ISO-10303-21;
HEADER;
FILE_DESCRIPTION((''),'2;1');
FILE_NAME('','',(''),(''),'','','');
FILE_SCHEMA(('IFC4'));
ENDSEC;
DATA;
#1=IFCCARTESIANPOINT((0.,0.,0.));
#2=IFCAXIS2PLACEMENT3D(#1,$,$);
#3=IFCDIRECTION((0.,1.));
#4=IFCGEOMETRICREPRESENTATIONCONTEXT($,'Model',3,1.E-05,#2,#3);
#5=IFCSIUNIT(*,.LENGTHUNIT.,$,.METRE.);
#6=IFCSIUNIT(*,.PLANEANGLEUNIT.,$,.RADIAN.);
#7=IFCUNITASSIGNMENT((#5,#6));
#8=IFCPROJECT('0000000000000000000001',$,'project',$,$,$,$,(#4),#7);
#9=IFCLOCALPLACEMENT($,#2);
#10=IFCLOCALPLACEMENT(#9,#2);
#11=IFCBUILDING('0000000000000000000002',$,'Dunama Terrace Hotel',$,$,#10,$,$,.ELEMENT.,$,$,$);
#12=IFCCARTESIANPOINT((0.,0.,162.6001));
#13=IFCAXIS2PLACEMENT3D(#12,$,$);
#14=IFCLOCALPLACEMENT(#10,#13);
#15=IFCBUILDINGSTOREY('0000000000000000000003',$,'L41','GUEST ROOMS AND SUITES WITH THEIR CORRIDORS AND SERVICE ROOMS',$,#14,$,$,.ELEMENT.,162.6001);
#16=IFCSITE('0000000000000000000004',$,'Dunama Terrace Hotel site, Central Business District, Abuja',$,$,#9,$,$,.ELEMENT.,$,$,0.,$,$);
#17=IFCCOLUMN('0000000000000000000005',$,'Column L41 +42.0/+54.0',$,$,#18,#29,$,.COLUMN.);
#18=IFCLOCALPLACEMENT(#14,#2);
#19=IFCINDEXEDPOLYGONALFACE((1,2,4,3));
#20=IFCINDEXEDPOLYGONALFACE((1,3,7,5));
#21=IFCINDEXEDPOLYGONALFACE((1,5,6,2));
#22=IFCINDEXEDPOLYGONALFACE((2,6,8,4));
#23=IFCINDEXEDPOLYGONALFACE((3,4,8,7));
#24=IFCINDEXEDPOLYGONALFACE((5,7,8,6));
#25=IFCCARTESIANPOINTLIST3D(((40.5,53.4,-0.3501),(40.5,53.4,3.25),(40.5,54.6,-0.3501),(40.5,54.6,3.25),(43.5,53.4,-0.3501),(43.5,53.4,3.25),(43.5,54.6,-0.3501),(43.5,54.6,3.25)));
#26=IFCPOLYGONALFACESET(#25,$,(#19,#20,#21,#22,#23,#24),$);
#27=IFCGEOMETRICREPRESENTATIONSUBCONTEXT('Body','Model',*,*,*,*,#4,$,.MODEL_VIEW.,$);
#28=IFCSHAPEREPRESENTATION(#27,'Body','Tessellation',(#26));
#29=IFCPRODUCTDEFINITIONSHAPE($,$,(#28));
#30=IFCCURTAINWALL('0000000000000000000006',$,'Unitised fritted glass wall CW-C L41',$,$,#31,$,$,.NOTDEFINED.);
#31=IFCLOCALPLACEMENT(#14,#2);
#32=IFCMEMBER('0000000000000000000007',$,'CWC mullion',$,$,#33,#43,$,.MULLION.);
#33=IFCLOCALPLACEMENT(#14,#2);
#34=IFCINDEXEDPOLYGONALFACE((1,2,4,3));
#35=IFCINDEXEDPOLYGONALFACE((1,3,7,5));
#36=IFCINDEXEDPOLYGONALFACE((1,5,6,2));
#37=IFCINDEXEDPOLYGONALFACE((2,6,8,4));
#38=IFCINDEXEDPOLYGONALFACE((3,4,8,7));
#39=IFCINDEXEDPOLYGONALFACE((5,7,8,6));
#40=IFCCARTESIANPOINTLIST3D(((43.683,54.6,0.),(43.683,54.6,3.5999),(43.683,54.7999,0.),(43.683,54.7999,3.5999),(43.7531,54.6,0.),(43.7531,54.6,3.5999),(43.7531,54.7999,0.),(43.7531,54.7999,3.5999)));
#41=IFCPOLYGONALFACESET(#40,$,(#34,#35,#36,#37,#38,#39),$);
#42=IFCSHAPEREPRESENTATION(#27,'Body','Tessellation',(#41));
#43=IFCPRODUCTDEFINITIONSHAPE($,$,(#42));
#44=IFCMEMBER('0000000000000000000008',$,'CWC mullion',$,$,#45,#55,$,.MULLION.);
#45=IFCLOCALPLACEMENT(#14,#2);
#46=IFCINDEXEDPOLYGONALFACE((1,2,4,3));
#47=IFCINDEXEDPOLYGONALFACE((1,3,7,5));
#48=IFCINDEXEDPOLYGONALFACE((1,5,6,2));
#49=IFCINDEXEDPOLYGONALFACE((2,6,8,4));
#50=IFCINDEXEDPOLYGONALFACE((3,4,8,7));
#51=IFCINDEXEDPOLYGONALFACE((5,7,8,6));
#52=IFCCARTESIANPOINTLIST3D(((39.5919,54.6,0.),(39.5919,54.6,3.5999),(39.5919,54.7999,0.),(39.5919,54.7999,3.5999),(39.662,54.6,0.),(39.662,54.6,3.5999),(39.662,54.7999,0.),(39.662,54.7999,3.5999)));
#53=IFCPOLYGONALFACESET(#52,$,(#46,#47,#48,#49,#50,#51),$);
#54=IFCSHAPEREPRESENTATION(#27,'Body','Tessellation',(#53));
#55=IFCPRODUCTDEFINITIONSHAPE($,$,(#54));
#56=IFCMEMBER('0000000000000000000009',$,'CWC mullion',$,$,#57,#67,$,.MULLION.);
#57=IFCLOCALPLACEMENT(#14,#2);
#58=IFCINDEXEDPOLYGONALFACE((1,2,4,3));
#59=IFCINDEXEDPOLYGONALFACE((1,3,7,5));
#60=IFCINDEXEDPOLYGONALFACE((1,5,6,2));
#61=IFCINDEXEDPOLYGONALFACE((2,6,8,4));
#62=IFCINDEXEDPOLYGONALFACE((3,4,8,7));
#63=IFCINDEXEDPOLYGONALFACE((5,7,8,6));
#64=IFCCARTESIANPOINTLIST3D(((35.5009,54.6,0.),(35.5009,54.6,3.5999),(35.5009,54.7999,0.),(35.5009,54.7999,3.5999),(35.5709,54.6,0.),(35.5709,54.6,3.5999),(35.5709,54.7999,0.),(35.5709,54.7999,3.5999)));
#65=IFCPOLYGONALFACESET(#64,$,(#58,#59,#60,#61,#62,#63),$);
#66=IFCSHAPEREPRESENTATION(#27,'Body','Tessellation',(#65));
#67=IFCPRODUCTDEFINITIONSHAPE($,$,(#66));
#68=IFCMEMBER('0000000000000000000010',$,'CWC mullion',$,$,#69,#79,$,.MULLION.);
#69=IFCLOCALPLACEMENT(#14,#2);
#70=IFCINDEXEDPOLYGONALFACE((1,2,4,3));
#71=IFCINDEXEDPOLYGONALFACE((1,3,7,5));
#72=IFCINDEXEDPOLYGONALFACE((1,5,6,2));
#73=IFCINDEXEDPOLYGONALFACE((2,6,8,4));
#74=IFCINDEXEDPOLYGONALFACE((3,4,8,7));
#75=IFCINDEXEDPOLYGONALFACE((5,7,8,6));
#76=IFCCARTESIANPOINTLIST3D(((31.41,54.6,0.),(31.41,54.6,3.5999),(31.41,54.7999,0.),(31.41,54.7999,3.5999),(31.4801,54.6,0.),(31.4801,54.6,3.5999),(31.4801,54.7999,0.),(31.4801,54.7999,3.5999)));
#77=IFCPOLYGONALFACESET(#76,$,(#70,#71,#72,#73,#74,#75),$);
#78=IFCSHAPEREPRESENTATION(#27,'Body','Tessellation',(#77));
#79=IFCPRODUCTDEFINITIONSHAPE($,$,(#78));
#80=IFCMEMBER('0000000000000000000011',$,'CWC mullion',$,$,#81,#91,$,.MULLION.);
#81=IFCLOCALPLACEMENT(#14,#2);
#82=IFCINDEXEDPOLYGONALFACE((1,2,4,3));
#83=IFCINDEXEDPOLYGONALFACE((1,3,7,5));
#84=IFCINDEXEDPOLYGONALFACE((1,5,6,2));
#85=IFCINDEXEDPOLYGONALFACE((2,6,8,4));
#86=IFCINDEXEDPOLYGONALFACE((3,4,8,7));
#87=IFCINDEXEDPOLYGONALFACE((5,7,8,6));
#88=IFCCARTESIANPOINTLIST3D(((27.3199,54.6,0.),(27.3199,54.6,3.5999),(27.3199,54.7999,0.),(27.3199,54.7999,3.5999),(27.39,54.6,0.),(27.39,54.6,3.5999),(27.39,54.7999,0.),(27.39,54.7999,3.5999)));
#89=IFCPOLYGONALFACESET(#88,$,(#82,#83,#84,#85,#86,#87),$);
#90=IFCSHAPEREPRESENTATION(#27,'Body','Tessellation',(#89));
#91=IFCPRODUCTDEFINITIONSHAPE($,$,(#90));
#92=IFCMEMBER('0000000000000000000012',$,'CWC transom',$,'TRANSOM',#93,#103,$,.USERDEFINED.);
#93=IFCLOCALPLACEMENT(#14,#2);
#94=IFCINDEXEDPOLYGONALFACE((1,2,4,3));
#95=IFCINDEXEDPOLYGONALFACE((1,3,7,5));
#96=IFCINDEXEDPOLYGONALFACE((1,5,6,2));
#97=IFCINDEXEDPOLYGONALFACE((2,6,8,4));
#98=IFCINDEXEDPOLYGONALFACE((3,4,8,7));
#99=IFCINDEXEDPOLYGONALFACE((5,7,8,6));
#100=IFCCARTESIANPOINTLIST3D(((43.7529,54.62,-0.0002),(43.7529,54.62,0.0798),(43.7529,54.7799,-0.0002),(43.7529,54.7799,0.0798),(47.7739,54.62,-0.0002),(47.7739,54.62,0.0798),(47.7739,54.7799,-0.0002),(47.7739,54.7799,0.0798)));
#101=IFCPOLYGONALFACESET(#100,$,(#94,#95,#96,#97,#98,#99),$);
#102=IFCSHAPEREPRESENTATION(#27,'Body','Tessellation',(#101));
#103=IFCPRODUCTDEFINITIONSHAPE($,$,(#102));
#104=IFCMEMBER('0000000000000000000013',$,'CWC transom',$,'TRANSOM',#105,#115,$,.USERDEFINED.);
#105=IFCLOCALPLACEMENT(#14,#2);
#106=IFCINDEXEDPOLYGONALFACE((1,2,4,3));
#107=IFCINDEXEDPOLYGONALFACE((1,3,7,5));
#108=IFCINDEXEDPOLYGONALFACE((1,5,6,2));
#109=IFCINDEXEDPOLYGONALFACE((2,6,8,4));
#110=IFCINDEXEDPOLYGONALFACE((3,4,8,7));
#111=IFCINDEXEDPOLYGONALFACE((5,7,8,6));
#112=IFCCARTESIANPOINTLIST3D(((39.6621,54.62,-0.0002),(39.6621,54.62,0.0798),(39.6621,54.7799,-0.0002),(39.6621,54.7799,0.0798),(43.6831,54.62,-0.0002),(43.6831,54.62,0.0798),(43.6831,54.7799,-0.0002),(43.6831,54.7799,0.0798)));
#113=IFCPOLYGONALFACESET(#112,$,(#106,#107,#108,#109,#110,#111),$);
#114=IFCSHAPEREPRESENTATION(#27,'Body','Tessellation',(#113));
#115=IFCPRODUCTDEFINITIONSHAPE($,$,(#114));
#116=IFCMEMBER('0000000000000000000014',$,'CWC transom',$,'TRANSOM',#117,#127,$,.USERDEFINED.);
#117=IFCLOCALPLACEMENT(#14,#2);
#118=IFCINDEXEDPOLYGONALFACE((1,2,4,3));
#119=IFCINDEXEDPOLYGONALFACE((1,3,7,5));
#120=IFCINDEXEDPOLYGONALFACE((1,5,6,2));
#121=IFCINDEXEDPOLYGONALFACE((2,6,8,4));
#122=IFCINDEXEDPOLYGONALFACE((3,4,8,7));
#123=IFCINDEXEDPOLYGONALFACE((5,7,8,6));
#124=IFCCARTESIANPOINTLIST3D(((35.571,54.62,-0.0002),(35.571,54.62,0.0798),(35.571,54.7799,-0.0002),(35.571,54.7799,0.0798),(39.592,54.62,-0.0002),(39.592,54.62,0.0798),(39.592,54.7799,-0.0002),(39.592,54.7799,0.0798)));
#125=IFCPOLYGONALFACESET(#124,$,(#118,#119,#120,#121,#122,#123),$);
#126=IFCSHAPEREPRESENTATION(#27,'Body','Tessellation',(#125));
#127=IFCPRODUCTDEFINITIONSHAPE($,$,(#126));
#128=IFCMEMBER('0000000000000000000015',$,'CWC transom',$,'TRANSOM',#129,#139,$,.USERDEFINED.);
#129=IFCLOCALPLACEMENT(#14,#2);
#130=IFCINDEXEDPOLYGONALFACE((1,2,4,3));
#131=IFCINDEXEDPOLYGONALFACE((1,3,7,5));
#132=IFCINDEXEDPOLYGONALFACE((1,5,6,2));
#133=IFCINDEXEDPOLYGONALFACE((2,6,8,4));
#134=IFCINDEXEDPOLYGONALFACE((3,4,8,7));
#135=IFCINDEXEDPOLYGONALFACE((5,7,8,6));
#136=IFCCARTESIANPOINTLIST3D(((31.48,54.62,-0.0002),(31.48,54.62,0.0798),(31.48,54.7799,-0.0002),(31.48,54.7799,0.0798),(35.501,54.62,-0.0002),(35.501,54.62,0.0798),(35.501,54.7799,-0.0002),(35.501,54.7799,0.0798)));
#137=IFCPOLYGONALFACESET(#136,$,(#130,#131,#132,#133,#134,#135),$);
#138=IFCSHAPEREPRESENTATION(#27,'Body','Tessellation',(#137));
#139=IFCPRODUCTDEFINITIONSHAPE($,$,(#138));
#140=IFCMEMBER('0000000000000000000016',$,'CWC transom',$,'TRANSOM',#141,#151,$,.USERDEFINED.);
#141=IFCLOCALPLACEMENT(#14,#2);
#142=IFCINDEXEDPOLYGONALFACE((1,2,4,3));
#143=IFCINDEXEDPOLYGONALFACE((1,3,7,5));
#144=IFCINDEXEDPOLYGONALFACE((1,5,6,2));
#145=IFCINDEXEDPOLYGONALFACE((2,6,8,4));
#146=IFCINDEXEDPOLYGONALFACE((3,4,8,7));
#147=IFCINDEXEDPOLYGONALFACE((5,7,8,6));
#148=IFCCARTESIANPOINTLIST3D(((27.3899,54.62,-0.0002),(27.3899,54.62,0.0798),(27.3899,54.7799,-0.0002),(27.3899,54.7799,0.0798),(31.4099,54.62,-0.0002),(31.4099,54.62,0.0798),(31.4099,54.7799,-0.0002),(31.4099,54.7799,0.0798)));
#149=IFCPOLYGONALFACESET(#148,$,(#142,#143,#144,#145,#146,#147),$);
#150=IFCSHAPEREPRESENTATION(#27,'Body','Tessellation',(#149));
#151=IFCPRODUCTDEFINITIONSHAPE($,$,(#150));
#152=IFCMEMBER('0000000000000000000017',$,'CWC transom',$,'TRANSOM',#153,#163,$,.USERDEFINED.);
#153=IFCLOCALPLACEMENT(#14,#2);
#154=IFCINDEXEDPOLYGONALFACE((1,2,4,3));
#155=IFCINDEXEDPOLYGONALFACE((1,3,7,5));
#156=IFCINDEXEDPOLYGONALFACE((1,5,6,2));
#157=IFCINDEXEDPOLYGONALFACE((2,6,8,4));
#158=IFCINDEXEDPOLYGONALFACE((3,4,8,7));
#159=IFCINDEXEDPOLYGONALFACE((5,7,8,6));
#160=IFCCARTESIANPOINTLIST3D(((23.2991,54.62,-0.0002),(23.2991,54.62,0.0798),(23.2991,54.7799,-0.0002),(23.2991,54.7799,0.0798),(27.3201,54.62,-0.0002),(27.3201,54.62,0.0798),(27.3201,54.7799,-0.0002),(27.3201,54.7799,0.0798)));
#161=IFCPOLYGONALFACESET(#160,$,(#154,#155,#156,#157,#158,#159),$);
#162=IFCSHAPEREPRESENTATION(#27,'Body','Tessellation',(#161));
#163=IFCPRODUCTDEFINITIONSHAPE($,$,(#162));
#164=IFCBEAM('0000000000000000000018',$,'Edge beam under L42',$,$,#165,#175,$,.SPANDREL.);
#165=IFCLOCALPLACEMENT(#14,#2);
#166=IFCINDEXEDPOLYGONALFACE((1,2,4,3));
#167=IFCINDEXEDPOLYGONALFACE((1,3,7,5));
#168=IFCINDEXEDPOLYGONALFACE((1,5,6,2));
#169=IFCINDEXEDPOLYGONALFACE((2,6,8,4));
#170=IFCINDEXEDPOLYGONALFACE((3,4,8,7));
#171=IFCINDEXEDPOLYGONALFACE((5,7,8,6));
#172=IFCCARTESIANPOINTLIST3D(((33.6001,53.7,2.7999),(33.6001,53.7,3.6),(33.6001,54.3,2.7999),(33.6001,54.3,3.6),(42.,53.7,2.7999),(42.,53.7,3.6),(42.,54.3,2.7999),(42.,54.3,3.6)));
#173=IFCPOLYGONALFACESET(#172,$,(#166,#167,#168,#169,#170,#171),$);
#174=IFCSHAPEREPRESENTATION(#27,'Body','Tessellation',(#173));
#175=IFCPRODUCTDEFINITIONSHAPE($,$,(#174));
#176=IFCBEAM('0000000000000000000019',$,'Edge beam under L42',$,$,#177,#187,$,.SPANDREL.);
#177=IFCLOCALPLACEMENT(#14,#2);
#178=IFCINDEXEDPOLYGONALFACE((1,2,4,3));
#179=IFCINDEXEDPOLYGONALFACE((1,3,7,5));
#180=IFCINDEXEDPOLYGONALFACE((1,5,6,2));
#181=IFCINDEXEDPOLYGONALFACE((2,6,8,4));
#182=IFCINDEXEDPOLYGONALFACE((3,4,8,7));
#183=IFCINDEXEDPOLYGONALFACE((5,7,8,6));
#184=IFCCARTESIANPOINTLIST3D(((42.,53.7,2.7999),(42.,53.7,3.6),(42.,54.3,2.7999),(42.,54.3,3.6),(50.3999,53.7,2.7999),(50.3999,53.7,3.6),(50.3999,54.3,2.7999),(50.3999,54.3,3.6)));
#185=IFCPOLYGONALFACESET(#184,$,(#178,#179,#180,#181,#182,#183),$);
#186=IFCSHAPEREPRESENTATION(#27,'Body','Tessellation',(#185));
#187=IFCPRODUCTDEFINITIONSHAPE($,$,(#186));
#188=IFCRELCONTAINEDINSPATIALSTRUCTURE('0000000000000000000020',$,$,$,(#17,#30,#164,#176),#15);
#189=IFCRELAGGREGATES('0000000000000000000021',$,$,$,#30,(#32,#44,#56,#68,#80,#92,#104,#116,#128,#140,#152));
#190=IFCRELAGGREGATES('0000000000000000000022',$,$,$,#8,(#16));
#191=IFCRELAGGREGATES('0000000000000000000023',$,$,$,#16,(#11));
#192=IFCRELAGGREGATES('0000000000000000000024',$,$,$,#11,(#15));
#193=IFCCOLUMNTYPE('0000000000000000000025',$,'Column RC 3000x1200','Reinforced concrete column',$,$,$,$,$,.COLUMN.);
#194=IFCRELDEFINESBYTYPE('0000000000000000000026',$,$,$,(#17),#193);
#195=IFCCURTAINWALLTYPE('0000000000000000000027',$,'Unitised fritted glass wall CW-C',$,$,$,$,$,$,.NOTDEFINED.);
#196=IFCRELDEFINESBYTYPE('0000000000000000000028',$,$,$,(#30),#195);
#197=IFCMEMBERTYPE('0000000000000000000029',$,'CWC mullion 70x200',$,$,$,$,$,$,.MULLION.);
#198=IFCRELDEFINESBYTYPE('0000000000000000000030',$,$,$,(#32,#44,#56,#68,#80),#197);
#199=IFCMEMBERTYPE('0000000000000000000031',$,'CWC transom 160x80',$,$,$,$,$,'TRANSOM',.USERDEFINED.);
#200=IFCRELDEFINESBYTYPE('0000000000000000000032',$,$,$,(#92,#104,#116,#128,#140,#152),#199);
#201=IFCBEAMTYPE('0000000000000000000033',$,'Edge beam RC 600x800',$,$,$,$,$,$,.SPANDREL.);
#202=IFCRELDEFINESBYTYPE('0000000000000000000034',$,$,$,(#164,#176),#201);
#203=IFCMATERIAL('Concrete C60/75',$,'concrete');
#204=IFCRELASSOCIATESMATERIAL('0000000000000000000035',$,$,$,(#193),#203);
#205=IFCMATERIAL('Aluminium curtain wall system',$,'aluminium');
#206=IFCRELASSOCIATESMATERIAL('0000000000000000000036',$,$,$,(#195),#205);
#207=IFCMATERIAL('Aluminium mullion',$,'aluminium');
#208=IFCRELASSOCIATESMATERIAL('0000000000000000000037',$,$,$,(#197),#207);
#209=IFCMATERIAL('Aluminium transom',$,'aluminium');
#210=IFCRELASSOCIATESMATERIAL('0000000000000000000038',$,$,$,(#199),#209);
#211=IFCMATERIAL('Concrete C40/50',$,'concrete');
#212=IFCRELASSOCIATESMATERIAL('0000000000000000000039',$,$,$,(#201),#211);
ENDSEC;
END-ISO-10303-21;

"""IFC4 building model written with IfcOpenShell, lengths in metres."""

from ifc_helpers import new_model, si_unit, direction, frame, origin, origin_2d, place, context, subcontext, project, spatial, rectangle, extrude, material, material_profile, profile_set, type_object, element, aggregate, save


model = new_model("IFC4")

# Units and contexts
model_context = context("Model", 3, precision=1e-05, world=origin(), true_north=direction((0.0, 1.0)))
body_context = subcontext(model_context, "Body", "Model", "MODEL_VIEW")
ifc_project = project(units=[si_unit("LENGTHUNIT", "METRE"), si_unit("PLANEANGLEUNIT", "RADIAN")], contexts=[model_context])

# Site, building, storey
site_placement = place(None, origin())
site = spatial("IfcSite", under=ifc_project, at=site_placement, Name="Dunama Terrace Hotel site, Central Business District, Abuja", CompositionType="ELEMENT", RefElevation=0.0)
building_placement = place(site_placement, origin())
building = spatial("IfcBuilding", under=site, at=building_placement, Name="Dunama Terrace Hotel", CompositionType="ELEMENT")
storey_placement = place(building_placement, frame((0.0, 0.0, 162.6001)))
storey = spatial("IfcBuildingStorey", under=building, at=storey_placement, Name="L41", Description="GUEST ROOMS AND SUITES WITH THEIR CORRIDORS AND SERVICE ROOMS", CompositionType="ELEMENT", Elevation=162.6001)

# Column
ifc_material_1 = material(Name="Concrete C60/75", Category="concrete")
ifc_material_profile_1 = material_profile(ifc_material_1, rectangle(XDim=3.0, YDim=1.2, at=origin_2d()), Name="RC 3000x1200")
ifc_profile_set_1 = profile_set([ifc_material_profile_1], Name="Concrete C60/75")
column_type = type_object("IfcColumnType", Name="Column RC 3000x1200", Description="Reinforced concrete column", PredefinedType="COLUMN", material=ifc_profile_set_1)
column_placement = place(storey_placement, frame((42.0, 54.0, -0.3501), z_axis=(0.0, 0.0, 1.0), x_axis=(1.0, 0.0, 0.0)))
element("IfcColumn", 1, at=column_placement, inside=storey, type_object=column_type, Name="Column L41 +42.0/+54.0", PredefinedType="COLUMN", context=body_context, shape_type="SweptSolid", body=[
    extrude(rectangle(XDim=3.0, YDim=1.2, at=origin_2d()), origin(), (0.0, 0.0, 1.0), 3.6001),
])

# Curtain wall, members
ifc_material_2 = material(Name="Aluminium curtain wall system", Category="aluminium")
curtain_wall_type = type_object("IfcCurtainWallType", Name="Unitised fritted glass wall CW-C", PredefinedType="NOTDEFINED", material=ifc_material_2)
curtain_wall_placement = place(storey_placement, origin())
curtain_wall = element("IfcCurtainWall", 2, at=curtain_wall_placement, inside=storey, type_object=curtain_wall_type, Name="Unitised fritted glass wall CW-C L41", PredefinedType="NOTDEFINED")
ifc_material_3 = material(Name="Aluminium mullion", Category="aluminium")
ifc_material_profile_2 = material_profile(ifc_material_3, rectangle(XDim=0.0701, YDim=0.2, at=origin_2d()), Name="CWC MULLION 70X200")
ifc_profile_set_2 = profile_set([ifc_material_profile_2], Name="Aluminium mullion")
member_type_1 = type_object("IfcMemberType", Name="CWC mullion 70x200", PredefinedType="MULLION", material=ifc_profile_set_2)
member_1_placement = place(storey_placement, frame((43.718, 54.7, 0.0), z_axis=(0.0, 0.0, 1.0), x_axis=(-1.0, 0.0, 0.0)))
member_1 = element("IfcMember", 3, at=member_1_placement, type_object=member_type_1, Name="CWC mullion", PredefinedType="MULLION", context=body_context, shape_type="SweptSolid", body=[
    extrude(rectangle(XDim=0.0701, YDim=0.2, at=origin_2d()), origin(), (0.0, 0.0, 1.0), 3.5999),
])
member_2_placement = place(storey_placement, frame((39.627, 54.7, 0.0), z_axis=(0.0, 0.0, 1.0), x_axis=(-1.0, 0.0, 0.0)))
member_2 = element("IfcMember", 4, at=member_2_placement, type_object=member_type_1, Name="CWC mullion", PredefinedType="MULLION", context=body_context, shape_type="SweptSolid", body=[
    extrude(rectangle(XDim=0.0701, YDim=0.2, at=origin_2d()), origin(), (0.0, 0.0, 1.0), 3.5999),
])
member_3_placement = place(storey_placement, frame((35.5359, 54.7, 0.0), z_axis=(0.0, 0.0, 1.0), x_axis=(-1.0, 0.0, 0.0)))
member_3 = element("IfcMember", 5, at=member_3_placement, type_object=member_type_1, Name="CWC mullion", PredefinedType="MULLION", context=body_context, shape_type="SweptSolid", body=[
    extrude(rectangle(XDim=0.0701, YDim=0.2, at=origin_2d()), origin(), (0.0, 0.0, 1.0), 3.5999),
])
member_4_placement = place(storey_placement, frame((31.4451, 54.7, 0.0), z_axis=(0.0, 0.0, 1.0), x_axis=(-1.0, 0.0, 0.0)))
member_4 = element("IfcMember", 6, at=member_4_placement, type_object=member_type_1, Name="CWC mullion", PredefinedType="MULLION", context=body_context, shape_type="SweptSolid", body=[
    extrude(rectangle(XDim=0.0701, YDim=0.2, at=origin_2d()), origin(), (0.0, 0.0, 1.0), 3.5999),
])
member_5_placement = place(storey_placement, frame((27.355, 54.7, 0.0), z_axis=(0.0, 0.0, 1.0), x_axis=(-1.0, 0.0, 0.0)))
member_5 = element("IfcMember", 7, at=member_5_placement, type_object=member_type_1, Name="CWC mullion", PredefinedType="MULLION", context=body_context, shape_type="SweptSolid", body=[
    extrude(rectangle(XDim=0.0701, YDim=0.2, at=origin_2d()), origin(), (0.0, 0.0, 1.0), 3.5999),
])
ifc_material_4 = material(Name="Aluminium transom", Category="aluminium")
ifc_material_profile_3 = material_profile(ifc_material_4, rectangle(XDim=0.1599, YDim=0.0801, at=origin_2d()), Name="CWC TRANSOM 160X80")
ifc_profile_set_3 = profile_set([ifc_material_profile_3], Name="Aluminium transom")
member_type_2 = type_object("IfcMemberType", Name="CWC transom 160x80", ElementType="TRANSOM", PredefinedType="USERDEFINED", material=ifc_profile_set_3)
member_6_placement = place(storey_placement, frame((47.7739, 54.7, 0.0398), z_axis=(-1.0, 0.0, 0.0), x_axis=(0.0, -1.0, 0.0)))
member_6 = element("IfcMember", 8, at=member_6_placement, type_object=member_type_2, Name="CWC transom", ObjectType="TRANSOM", PredefinedType="USERDEFINED", context=body_context, shape_type="SweptSolid", body=[
    extrude(rectangle(XDim=0.1599, YDim=0.0801, at=origin_2d()), origin(), (0.0, 0.0, 1.0), 4.021),
])
member_7_placement = place(storey_placement, frame((43.6831, 54.7, 0.0398), z_axis=(-1.0, 0.0, 0.0), x_axis=(0.0, -1.0, 0.0)))
member_7 = element("IfcMember", 9, at=member_7_placement, type_object=member_type_2, Name="CWC transom", ObjectType="TRANSOM", PredefinedType="USERDEFINED", context=body_context, shape_type="SweptSolid", body=[
    extrude(rectangle(XDim=0.1599, YDim=0.0801, at=origin_2d()), origin(), (0.0, 0.0, 1.0), 4.021),
])
member_8_placement = place(storey_placement, frame((39.592, 54.7, 0.0398), z_axis=(-1.0, 0.0, 0.0), x_axis=(0.0, -1.0, 0.0)))
member_8 = element("IfcMember", 10, at=member_8_placement, type_object=member_type_2, Name="CWC transom", ObjectType="TRANSOM", PredefinedType="USERDEFINED", context=body_context, shape_type="SweptSolid", body=[
    extrude(rectangle(XDim=0.1599, YDim=0.0801, at=origin_2d()), origin(), (0.0, 0.0, 1.0), 4.021),
])
member_9_placement = place(storey_placement, frame((35.501, 54.7, 0.0398), z_axis=(-1.0, 0.0, 0.0), x_axis=(0.0, -1.0, 0.0)))
member_9 = element("IfcMember", 11, at=member_9_placement, type_object=member_type_2, Name="CWC transom", ObjectType="TRANSOM", PredefinedType="USERDEFINED", context=body_context, shape_type="SweptSolid", body=[
    extrude(rectangle(XDim=0.1599, YDim=0.0801, at=origin_2d()), origin(), (0.0, 0.0, 1.0), 4.021),
])
member_10_placement = place(storey_placement, frame((31.4099, 54.7, 0.0398), z_axis=(-1.0, 0.0, 0.0), x_axis=(0.0, -1.0, 0.0)))
member_10 = element("IfcMember", 12, at=member_10_placement, type_object=member_type_2, Name="CWC transom", ObjectType="TRANSOM", PredefinedType="USERDEFINED", context=body_context, shape_type="SweptSolid", body=[
    extrude(rectangle(XDim=0.1599, YDim=0.0801, at=origin_2d()), origin(), (0.0, 0.0, 1.0), 4.02),
])
member_11_placement = place(storey_placement, frame((27.3201, 54.7, 0.0398), z_axis=(-1.0, 0.0, 0.0), x_axis=(0.0, -1.0, 0.0)))
member_11 = element("IfcMember", 13, at=member_11_placement, type_object=member_type_2, Name="CWC transom", ObjectType="TRANSOM", PredefinedType="USERDEFINED", context=body_context, shape_type="SweptSolid", body=[
    extrude(rectangle(XDim=0.1599, YDim=0.0801, at=origin_2d()), origin(), (0.0, 0.0, 1.0), 4.021),
])

# Beams
ifc_material_5 = material(Name="Concrete C40/50", Category="concrete")
ifc_material_profile_4 = material_profile(ifc_material_5, rectangle(XDim=0.6001, YDim=0.8, at=origin_2d()), Name="RC 600x800")
ifc_profile_set_4 = profile_set([ifc_material_profile_4], Name="Concrete C40/50")
beam_type = type_object("IfcBeamType", Name="Edge beam RC 600x800", PredefinedType="SPANDREL", material=ifc_profile_set_4)
for number, where, z_axis, x_axis, name in (
    (14, (33.6001, 54.0, 3.2), (1.0, 0.0, 0.0), (0.0, 1.0, 0.0), "Edge beam under L42"),
    (15, (42.0, 54.0, 3.2), (1.0, 0.0, 0.0), (0.0, 1.0, 0.0), "Edge beam under L42"),
):
    element("IfcBeam", number, at=place(storey_placement, frame(where, z_axis=z_axis, x_axis=x_axis)), inside=storey, type_object=beam_type, Name=name, PredefinedType="SPANDREL", context=body_context, shape_type="SweptSolid", body=[
        extrude(rectangle(XDim=0.6001, YDim=0.8, at=origin_2d()), origin(), (0.0, 0.0, 1.0), 8.3999),
    ])

aggregate(curtain_wall, [member_1, member_2, member_3, member_4, member_5, member_6, member_7, member_8, member_9, member_10, member_11])

save(model, "model.ifc")
